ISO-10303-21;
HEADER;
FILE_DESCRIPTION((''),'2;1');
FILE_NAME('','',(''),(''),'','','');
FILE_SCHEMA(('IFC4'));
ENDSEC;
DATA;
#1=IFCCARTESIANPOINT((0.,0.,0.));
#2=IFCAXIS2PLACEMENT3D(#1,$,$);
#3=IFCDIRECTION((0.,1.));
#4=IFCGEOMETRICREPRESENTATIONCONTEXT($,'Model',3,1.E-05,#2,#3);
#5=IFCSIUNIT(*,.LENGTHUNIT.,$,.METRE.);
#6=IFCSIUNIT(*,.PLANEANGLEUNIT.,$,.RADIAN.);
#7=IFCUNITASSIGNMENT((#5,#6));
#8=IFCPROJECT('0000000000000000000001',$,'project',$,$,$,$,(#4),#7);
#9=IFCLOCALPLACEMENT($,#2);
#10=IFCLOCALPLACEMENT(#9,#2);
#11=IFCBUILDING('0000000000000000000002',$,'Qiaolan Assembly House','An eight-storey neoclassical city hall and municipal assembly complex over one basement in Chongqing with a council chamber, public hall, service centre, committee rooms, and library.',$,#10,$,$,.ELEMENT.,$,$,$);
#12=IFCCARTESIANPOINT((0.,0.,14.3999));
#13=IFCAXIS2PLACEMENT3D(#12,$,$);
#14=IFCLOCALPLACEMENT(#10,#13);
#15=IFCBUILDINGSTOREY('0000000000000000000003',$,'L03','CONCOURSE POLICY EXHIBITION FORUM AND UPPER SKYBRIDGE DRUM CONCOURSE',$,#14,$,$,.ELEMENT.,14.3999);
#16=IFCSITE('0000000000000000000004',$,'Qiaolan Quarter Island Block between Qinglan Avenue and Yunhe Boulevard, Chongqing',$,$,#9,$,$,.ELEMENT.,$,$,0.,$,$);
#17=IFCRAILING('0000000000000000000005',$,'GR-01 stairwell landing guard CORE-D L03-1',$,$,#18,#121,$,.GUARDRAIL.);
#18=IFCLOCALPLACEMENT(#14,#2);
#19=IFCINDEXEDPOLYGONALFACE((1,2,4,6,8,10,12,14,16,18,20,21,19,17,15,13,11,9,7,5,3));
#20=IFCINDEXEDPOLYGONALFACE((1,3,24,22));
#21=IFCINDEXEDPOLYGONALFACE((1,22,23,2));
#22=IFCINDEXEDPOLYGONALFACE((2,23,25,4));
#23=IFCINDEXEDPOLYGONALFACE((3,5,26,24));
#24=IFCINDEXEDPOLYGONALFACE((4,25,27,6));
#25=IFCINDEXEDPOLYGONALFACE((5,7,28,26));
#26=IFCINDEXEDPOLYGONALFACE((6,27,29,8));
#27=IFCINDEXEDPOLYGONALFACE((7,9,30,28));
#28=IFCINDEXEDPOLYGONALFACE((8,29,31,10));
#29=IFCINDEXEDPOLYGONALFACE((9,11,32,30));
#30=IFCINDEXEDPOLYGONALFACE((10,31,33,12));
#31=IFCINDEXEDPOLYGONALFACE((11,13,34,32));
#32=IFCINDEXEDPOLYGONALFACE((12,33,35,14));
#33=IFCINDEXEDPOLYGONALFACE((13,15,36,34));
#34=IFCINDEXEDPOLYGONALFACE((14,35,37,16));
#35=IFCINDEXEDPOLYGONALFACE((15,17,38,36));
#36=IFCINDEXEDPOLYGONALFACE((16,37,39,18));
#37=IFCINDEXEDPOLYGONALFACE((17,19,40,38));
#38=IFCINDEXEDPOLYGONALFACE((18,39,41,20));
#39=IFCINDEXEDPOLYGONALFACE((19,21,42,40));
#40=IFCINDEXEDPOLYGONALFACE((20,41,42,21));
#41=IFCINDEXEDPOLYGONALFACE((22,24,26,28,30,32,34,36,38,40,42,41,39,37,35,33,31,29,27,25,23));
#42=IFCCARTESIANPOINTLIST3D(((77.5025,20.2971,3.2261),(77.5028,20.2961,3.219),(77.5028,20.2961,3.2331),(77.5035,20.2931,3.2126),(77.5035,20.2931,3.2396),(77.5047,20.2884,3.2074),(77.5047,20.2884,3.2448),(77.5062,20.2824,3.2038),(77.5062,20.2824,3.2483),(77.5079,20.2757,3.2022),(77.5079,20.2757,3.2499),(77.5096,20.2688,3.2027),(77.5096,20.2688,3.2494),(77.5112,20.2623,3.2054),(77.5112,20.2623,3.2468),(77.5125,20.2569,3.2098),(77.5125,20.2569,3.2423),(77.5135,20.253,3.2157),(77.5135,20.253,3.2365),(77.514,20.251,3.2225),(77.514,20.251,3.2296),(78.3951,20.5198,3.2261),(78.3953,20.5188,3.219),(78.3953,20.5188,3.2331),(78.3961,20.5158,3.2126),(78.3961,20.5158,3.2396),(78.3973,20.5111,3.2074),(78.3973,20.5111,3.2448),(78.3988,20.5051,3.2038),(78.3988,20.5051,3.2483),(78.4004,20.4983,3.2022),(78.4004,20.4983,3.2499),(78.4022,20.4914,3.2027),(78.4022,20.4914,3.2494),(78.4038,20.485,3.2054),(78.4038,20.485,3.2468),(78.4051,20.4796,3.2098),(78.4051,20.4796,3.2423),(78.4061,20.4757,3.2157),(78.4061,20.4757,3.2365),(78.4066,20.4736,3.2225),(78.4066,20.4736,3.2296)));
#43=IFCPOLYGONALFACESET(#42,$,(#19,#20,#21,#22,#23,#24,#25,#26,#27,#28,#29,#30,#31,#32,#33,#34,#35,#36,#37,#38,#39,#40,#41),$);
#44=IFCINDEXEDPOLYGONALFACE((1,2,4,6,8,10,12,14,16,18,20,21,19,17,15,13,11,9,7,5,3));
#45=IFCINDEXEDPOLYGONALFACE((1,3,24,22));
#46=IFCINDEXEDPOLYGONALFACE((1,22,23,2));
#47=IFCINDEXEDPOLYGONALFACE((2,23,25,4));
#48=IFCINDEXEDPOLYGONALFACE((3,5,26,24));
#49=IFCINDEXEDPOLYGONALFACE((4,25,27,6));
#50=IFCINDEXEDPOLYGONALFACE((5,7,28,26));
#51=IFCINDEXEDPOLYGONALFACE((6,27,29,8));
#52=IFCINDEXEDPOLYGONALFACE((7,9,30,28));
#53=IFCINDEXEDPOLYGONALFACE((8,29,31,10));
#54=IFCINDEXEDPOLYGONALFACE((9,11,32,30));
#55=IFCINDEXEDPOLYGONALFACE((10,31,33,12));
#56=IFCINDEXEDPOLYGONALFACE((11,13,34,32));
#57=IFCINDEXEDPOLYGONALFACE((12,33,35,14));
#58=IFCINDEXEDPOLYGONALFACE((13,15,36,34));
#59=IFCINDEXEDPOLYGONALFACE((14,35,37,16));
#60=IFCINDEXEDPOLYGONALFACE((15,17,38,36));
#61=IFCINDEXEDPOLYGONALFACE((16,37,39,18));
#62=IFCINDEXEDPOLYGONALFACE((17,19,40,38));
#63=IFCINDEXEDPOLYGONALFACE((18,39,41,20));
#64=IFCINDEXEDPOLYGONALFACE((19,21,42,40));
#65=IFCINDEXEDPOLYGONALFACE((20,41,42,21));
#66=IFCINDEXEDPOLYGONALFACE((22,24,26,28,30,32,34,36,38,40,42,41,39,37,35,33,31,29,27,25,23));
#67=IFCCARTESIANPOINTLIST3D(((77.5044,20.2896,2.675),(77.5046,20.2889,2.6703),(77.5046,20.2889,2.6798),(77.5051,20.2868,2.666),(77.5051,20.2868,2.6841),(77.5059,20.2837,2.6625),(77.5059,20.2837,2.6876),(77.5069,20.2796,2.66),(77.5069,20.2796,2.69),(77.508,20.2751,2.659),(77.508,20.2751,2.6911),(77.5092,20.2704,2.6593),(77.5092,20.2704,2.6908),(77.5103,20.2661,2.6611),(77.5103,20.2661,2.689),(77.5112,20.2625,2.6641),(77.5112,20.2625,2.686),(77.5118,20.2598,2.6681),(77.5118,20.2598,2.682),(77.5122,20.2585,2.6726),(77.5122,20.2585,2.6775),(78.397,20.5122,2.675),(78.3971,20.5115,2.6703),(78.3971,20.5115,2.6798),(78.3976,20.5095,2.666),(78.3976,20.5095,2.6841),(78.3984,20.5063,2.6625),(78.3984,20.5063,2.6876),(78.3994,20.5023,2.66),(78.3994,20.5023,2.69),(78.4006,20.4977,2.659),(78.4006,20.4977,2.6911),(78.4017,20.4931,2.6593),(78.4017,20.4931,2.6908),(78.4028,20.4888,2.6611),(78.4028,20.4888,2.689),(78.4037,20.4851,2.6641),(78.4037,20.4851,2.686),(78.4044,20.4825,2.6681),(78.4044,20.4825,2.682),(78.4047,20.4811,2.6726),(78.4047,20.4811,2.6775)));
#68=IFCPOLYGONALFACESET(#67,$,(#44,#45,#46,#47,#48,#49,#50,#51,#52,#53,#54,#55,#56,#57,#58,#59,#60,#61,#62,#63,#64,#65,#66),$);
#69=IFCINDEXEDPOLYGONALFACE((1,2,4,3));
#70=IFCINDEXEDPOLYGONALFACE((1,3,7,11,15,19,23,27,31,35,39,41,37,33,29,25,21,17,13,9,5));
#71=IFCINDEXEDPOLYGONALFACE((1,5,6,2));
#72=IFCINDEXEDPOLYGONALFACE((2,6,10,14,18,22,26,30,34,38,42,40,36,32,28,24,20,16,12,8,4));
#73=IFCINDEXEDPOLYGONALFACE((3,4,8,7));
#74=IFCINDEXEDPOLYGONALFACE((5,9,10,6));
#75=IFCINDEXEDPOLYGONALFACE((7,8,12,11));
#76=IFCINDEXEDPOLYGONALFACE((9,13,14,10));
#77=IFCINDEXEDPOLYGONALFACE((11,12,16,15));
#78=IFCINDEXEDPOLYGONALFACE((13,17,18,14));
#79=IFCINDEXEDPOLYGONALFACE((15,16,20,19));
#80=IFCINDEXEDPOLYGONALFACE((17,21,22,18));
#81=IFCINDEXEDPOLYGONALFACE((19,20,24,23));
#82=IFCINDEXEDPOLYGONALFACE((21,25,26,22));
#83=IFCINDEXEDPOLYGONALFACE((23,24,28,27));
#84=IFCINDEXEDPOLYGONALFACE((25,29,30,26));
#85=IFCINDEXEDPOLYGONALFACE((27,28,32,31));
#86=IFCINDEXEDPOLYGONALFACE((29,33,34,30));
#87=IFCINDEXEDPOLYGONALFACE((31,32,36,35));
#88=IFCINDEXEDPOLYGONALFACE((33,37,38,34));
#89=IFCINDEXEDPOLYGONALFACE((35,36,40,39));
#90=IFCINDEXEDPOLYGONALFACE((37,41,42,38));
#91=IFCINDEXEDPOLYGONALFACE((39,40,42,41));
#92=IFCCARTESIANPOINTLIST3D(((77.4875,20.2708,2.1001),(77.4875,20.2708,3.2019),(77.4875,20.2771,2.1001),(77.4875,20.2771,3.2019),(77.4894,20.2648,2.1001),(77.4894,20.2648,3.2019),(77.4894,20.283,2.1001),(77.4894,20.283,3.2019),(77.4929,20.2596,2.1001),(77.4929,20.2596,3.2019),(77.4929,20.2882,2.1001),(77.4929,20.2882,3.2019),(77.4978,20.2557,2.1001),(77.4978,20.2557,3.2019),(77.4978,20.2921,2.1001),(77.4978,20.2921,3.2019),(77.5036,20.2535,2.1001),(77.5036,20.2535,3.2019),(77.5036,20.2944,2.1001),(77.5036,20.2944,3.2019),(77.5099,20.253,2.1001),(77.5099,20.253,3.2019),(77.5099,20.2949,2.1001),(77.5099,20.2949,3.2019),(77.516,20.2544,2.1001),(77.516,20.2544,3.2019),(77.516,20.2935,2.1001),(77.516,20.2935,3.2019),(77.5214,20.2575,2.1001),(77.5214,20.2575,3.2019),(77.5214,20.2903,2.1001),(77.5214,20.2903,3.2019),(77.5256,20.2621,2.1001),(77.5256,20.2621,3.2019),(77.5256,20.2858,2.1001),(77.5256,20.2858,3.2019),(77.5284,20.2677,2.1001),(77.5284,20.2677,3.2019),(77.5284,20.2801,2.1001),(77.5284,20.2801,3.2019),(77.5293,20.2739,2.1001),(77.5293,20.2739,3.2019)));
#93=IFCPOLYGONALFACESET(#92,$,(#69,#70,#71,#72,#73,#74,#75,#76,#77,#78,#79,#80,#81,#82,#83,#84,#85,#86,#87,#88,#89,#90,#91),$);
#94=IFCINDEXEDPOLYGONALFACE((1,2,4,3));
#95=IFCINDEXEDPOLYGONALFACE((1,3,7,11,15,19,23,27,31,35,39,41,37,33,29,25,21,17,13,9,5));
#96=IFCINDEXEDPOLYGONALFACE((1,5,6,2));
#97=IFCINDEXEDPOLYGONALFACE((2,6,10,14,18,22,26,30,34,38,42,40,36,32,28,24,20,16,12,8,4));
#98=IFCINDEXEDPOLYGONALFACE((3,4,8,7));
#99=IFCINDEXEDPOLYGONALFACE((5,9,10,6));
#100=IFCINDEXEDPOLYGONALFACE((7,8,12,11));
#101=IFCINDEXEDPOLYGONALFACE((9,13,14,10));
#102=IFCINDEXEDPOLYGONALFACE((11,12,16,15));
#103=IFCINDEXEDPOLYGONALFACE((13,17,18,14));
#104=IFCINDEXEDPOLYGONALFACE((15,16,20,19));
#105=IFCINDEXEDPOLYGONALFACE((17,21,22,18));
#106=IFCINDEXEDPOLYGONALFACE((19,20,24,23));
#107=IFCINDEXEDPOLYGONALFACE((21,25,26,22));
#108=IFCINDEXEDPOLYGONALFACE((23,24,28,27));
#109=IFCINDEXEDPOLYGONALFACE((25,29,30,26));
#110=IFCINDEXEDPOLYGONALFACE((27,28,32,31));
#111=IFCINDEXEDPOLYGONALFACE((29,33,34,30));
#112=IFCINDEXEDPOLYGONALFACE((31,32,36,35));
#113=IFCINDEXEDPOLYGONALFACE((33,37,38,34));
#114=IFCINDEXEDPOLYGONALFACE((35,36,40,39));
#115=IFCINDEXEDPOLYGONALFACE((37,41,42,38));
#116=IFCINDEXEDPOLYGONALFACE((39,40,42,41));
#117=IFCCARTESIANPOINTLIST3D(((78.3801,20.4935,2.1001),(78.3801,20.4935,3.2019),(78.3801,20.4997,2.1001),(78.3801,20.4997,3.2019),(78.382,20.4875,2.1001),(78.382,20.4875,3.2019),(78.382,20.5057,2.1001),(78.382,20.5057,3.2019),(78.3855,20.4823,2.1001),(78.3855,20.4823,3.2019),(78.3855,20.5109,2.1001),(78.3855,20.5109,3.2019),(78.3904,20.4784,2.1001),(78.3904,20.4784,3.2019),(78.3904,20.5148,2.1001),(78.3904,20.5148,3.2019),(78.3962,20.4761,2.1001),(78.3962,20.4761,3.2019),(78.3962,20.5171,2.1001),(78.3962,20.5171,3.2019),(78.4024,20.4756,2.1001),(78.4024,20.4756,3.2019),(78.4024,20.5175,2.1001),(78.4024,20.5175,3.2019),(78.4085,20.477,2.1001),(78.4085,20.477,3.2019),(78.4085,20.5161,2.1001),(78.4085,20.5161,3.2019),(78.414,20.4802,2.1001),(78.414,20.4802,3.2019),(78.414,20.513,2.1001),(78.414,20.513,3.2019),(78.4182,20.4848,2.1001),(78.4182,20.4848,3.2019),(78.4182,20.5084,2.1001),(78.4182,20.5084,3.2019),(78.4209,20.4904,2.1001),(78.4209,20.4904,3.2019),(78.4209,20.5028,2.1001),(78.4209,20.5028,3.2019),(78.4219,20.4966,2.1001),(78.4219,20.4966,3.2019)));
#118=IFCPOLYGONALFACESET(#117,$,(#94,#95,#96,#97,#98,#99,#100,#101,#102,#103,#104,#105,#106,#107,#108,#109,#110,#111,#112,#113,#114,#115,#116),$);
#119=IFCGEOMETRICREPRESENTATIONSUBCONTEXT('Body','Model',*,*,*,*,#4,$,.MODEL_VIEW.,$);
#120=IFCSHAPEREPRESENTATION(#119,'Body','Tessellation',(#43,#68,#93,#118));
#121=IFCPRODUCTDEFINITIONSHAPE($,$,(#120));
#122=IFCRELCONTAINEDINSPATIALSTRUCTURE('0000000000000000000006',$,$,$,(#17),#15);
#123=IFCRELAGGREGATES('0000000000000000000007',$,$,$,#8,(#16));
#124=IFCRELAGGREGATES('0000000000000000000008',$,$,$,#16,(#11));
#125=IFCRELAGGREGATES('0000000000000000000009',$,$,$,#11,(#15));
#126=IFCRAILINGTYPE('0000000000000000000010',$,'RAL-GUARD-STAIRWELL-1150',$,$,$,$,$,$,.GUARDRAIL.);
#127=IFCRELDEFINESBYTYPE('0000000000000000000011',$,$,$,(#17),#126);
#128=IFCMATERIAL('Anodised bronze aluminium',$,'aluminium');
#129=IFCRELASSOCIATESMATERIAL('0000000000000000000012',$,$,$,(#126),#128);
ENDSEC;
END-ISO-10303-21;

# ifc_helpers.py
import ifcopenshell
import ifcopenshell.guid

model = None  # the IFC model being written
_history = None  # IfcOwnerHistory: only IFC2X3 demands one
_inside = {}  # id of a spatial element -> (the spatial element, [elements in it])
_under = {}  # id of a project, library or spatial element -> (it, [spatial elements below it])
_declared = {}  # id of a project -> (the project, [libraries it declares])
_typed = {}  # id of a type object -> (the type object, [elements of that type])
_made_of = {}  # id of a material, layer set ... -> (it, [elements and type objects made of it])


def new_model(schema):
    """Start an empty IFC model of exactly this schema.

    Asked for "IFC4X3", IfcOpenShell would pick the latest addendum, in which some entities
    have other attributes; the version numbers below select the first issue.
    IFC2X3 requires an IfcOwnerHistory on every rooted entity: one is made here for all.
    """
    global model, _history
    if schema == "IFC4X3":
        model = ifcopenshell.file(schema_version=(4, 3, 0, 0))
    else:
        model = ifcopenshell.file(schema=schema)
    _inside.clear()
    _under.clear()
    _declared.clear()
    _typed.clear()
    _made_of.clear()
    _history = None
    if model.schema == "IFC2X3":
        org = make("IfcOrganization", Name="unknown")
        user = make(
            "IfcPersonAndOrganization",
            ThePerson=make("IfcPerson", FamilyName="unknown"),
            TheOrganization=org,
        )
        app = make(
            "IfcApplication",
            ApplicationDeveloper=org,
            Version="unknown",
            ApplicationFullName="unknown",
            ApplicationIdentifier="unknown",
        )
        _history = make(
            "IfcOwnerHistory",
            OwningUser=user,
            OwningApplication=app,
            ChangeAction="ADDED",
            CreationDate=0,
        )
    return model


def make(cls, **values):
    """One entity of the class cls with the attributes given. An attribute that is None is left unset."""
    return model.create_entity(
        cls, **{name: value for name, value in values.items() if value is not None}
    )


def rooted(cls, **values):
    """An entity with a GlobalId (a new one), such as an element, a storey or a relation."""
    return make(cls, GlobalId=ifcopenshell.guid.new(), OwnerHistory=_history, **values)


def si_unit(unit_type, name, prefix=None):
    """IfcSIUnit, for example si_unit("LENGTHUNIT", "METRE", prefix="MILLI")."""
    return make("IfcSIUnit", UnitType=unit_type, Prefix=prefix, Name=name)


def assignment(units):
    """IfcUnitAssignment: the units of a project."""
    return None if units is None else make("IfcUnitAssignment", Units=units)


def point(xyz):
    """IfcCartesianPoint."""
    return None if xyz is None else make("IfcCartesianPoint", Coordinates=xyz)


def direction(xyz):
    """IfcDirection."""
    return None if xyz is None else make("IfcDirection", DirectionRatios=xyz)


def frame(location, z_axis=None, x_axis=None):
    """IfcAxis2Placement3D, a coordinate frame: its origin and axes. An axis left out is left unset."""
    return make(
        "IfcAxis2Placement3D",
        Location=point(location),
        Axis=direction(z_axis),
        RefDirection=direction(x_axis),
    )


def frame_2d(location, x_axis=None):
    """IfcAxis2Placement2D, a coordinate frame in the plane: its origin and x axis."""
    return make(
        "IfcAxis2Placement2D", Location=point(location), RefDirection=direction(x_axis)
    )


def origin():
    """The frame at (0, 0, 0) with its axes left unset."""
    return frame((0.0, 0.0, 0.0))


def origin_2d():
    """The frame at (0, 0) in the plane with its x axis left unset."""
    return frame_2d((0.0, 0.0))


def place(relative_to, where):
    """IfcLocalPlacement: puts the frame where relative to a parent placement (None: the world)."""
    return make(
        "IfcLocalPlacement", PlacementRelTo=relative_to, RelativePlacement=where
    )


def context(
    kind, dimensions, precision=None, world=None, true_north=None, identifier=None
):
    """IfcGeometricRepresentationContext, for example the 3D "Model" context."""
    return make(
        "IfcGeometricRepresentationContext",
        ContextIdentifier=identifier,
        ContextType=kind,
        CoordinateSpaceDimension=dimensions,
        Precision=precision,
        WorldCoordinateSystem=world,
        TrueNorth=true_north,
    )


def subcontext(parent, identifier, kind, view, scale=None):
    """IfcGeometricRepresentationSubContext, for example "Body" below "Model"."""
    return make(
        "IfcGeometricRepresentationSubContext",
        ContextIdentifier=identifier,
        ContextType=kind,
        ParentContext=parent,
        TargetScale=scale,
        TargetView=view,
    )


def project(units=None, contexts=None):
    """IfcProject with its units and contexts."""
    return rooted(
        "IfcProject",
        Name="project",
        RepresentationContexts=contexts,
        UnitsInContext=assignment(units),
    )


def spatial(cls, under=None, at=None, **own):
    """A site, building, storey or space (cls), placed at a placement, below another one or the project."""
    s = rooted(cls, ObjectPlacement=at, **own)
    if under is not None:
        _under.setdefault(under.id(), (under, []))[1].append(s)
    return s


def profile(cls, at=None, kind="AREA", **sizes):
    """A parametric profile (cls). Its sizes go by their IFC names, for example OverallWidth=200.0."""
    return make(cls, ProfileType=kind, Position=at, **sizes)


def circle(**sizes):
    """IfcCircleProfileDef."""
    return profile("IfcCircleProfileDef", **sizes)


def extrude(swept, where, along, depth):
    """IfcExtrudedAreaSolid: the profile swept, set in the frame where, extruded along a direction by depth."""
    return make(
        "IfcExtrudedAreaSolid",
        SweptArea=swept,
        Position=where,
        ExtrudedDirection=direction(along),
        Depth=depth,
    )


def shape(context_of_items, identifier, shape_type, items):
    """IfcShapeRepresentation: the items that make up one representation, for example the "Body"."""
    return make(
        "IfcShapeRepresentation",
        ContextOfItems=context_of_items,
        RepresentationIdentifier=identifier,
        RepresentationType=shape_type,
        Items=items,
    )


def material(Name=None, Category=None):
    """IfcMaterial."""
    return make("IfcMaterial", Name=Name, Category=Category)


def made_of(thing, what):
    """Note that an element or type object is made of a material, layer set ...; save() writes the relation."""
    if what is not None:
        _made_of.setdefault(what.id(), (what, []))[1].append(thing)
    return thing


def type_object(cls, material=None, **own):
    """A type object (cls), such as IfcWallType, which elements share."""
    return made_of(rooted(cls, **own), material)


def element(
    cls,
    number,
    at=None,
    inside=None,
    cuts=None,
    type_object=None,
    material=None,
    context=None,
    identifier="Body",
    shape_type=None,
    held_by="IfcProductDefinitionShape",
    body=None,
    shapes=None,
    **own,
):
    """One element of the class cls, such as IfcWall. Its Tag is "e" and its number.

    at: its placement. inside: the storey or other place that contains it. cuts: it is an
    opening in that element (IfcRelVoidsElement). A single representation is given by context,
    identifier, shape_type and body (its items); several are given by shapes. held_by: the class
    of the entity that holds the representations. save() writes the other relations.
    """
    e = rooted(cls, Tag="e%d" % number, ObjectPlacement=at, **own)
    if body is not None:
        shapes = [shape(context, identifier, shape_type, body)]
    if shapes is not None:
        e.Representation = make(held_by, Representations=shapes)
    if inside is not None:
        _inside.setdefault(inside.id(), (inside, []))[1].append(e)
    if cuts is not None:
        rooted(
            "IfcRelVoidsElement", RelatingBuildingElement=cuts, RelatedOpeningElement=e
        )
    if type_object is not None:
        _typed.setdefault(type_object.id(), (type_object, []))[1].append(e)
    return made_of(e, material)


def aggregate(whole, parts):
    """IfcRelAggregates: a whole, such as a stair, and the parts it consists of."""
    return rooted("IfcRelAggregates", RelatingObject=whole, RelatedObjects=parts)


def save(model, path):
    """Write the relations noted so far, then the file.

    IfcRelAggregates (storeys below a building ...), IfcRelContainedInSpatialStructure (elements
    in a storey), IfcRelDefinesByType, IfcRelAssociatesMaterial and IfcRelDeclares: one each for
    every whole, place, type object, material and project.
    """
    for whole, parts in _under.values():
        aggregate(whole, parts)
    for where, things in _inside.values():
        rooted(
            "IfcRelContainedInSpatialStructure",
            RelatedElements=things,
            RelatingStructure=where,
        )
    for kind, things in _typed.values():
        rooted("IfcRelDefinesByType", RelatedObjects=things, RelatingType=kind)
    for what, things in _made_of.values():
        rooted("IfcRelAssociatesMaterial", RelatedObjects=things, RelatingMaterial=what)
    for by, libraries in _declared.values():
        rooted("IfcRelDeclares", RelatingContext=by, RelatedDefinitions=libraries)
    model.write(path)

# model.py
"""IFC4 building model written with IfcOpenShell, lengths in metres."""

from ifc_helpers import new_model, si_unit, direction, frame, origin, origin_2d, place, context, subcontext, project, spatial, circle, extrude, material, type_object, element, save


model = new_model("IFC4")

# Units and contexts
model_context = context("Model", 3, precision=1e-05, world=origin(), true_north=direction((0.0, 1.0)))
body_context = subcontext(model_context, "Body", "Model", "MODEL_VIEW")
ifc_project = project(units=[si_unit("LENGTHUNIT", "METRE"), si_unit("PLANEANGLEUNIT", "RADIAN")], contexts=[model_context])

# Site, building, storey
site_placement = place(None, origin())
site = spatial("IfcSite", under=ifc_project, at=site_placement, Name="Qiaolan Quarter Island Block between Qinglan Avenue and Yunhe Boulevard, Chongqing", CompositionType="ELEMENT", RefElevation=0.0)
building_placement = place(site_placement, origin())
building = spatial("IfcBuilding", under=site, at=building_placement, Name="Qiaolan Assembly House", Description="An eight-storey neoclassical city hall and municipal assembly complex over one basement in Chongqing with a council chamber, public hall, service centre, committee rooms, and library.", CompositionType="ELEMENT")
storey_placement = place(building_placement, frame((0.0, 0.0, 14.3999)))
storey = spatial("IfcBuildingStorey", under=building, at=storey_placement, Name="L03", Description="CONCOURSE POLICY EXHIBITION FORUM AND UPPER SKYBRIDGE DRUM CONCOURSE", CompositionType="ELEMENT", Elevation=14.3999)

# Railing
ifc_material_1 = material(Name="Anodised bronze aluminium", Category="aluminium")
railing_type_1 = type_object("IfcRailingType", Name="RAL-GUARD-STAIRWELL-1150", PredefinedType="GUARDRAIL", material=ifc_material_1)
railing_1_placement = place(storey_placement, frame((77.5083, 20.2739, 2.1001)))
element("IfcRailing", 1, at=railing_1_placement, inside=storey, type_object=railing_type_1, Name="GR-01 stairwell landing guard CORE-D L03-1", PredefinedType="GUARDRAIL", context=body_context, shape_type="SweptSolid", body=[
    extrude(circle(Radius=0.0239, at=origin_2d()), frame((0.0, 0.0, 1.126), z_axis=(0.970267, 0.242036, 0.0), x_axis=(-0.242036, 0.970267, 0.0)), (0.0, 0.0, 1.0), 0.9199),
    extrude(circle(Radius=0.0161, at=origin_2d()), frame((0.0, 0.0, 0.575), z_axis=(0.970267, 0.242036, 0.0), x_axis=(-0.242036, 0.970267, 0.0)), (0.0, 0.0, 1.0), 0.9199),
    extrude(circle(Radius=0.021, at=origin_2d()), origin(), (0.0, 0.0, 1.0), 1.1018),
    extrude(circle(Radius=0.021, at=origin_2d()), frame((0.8926, 0.2227, 0.0)), (0.0, 0.0, 1.0), 1.1018),
])

save(model, "model.ifc")
